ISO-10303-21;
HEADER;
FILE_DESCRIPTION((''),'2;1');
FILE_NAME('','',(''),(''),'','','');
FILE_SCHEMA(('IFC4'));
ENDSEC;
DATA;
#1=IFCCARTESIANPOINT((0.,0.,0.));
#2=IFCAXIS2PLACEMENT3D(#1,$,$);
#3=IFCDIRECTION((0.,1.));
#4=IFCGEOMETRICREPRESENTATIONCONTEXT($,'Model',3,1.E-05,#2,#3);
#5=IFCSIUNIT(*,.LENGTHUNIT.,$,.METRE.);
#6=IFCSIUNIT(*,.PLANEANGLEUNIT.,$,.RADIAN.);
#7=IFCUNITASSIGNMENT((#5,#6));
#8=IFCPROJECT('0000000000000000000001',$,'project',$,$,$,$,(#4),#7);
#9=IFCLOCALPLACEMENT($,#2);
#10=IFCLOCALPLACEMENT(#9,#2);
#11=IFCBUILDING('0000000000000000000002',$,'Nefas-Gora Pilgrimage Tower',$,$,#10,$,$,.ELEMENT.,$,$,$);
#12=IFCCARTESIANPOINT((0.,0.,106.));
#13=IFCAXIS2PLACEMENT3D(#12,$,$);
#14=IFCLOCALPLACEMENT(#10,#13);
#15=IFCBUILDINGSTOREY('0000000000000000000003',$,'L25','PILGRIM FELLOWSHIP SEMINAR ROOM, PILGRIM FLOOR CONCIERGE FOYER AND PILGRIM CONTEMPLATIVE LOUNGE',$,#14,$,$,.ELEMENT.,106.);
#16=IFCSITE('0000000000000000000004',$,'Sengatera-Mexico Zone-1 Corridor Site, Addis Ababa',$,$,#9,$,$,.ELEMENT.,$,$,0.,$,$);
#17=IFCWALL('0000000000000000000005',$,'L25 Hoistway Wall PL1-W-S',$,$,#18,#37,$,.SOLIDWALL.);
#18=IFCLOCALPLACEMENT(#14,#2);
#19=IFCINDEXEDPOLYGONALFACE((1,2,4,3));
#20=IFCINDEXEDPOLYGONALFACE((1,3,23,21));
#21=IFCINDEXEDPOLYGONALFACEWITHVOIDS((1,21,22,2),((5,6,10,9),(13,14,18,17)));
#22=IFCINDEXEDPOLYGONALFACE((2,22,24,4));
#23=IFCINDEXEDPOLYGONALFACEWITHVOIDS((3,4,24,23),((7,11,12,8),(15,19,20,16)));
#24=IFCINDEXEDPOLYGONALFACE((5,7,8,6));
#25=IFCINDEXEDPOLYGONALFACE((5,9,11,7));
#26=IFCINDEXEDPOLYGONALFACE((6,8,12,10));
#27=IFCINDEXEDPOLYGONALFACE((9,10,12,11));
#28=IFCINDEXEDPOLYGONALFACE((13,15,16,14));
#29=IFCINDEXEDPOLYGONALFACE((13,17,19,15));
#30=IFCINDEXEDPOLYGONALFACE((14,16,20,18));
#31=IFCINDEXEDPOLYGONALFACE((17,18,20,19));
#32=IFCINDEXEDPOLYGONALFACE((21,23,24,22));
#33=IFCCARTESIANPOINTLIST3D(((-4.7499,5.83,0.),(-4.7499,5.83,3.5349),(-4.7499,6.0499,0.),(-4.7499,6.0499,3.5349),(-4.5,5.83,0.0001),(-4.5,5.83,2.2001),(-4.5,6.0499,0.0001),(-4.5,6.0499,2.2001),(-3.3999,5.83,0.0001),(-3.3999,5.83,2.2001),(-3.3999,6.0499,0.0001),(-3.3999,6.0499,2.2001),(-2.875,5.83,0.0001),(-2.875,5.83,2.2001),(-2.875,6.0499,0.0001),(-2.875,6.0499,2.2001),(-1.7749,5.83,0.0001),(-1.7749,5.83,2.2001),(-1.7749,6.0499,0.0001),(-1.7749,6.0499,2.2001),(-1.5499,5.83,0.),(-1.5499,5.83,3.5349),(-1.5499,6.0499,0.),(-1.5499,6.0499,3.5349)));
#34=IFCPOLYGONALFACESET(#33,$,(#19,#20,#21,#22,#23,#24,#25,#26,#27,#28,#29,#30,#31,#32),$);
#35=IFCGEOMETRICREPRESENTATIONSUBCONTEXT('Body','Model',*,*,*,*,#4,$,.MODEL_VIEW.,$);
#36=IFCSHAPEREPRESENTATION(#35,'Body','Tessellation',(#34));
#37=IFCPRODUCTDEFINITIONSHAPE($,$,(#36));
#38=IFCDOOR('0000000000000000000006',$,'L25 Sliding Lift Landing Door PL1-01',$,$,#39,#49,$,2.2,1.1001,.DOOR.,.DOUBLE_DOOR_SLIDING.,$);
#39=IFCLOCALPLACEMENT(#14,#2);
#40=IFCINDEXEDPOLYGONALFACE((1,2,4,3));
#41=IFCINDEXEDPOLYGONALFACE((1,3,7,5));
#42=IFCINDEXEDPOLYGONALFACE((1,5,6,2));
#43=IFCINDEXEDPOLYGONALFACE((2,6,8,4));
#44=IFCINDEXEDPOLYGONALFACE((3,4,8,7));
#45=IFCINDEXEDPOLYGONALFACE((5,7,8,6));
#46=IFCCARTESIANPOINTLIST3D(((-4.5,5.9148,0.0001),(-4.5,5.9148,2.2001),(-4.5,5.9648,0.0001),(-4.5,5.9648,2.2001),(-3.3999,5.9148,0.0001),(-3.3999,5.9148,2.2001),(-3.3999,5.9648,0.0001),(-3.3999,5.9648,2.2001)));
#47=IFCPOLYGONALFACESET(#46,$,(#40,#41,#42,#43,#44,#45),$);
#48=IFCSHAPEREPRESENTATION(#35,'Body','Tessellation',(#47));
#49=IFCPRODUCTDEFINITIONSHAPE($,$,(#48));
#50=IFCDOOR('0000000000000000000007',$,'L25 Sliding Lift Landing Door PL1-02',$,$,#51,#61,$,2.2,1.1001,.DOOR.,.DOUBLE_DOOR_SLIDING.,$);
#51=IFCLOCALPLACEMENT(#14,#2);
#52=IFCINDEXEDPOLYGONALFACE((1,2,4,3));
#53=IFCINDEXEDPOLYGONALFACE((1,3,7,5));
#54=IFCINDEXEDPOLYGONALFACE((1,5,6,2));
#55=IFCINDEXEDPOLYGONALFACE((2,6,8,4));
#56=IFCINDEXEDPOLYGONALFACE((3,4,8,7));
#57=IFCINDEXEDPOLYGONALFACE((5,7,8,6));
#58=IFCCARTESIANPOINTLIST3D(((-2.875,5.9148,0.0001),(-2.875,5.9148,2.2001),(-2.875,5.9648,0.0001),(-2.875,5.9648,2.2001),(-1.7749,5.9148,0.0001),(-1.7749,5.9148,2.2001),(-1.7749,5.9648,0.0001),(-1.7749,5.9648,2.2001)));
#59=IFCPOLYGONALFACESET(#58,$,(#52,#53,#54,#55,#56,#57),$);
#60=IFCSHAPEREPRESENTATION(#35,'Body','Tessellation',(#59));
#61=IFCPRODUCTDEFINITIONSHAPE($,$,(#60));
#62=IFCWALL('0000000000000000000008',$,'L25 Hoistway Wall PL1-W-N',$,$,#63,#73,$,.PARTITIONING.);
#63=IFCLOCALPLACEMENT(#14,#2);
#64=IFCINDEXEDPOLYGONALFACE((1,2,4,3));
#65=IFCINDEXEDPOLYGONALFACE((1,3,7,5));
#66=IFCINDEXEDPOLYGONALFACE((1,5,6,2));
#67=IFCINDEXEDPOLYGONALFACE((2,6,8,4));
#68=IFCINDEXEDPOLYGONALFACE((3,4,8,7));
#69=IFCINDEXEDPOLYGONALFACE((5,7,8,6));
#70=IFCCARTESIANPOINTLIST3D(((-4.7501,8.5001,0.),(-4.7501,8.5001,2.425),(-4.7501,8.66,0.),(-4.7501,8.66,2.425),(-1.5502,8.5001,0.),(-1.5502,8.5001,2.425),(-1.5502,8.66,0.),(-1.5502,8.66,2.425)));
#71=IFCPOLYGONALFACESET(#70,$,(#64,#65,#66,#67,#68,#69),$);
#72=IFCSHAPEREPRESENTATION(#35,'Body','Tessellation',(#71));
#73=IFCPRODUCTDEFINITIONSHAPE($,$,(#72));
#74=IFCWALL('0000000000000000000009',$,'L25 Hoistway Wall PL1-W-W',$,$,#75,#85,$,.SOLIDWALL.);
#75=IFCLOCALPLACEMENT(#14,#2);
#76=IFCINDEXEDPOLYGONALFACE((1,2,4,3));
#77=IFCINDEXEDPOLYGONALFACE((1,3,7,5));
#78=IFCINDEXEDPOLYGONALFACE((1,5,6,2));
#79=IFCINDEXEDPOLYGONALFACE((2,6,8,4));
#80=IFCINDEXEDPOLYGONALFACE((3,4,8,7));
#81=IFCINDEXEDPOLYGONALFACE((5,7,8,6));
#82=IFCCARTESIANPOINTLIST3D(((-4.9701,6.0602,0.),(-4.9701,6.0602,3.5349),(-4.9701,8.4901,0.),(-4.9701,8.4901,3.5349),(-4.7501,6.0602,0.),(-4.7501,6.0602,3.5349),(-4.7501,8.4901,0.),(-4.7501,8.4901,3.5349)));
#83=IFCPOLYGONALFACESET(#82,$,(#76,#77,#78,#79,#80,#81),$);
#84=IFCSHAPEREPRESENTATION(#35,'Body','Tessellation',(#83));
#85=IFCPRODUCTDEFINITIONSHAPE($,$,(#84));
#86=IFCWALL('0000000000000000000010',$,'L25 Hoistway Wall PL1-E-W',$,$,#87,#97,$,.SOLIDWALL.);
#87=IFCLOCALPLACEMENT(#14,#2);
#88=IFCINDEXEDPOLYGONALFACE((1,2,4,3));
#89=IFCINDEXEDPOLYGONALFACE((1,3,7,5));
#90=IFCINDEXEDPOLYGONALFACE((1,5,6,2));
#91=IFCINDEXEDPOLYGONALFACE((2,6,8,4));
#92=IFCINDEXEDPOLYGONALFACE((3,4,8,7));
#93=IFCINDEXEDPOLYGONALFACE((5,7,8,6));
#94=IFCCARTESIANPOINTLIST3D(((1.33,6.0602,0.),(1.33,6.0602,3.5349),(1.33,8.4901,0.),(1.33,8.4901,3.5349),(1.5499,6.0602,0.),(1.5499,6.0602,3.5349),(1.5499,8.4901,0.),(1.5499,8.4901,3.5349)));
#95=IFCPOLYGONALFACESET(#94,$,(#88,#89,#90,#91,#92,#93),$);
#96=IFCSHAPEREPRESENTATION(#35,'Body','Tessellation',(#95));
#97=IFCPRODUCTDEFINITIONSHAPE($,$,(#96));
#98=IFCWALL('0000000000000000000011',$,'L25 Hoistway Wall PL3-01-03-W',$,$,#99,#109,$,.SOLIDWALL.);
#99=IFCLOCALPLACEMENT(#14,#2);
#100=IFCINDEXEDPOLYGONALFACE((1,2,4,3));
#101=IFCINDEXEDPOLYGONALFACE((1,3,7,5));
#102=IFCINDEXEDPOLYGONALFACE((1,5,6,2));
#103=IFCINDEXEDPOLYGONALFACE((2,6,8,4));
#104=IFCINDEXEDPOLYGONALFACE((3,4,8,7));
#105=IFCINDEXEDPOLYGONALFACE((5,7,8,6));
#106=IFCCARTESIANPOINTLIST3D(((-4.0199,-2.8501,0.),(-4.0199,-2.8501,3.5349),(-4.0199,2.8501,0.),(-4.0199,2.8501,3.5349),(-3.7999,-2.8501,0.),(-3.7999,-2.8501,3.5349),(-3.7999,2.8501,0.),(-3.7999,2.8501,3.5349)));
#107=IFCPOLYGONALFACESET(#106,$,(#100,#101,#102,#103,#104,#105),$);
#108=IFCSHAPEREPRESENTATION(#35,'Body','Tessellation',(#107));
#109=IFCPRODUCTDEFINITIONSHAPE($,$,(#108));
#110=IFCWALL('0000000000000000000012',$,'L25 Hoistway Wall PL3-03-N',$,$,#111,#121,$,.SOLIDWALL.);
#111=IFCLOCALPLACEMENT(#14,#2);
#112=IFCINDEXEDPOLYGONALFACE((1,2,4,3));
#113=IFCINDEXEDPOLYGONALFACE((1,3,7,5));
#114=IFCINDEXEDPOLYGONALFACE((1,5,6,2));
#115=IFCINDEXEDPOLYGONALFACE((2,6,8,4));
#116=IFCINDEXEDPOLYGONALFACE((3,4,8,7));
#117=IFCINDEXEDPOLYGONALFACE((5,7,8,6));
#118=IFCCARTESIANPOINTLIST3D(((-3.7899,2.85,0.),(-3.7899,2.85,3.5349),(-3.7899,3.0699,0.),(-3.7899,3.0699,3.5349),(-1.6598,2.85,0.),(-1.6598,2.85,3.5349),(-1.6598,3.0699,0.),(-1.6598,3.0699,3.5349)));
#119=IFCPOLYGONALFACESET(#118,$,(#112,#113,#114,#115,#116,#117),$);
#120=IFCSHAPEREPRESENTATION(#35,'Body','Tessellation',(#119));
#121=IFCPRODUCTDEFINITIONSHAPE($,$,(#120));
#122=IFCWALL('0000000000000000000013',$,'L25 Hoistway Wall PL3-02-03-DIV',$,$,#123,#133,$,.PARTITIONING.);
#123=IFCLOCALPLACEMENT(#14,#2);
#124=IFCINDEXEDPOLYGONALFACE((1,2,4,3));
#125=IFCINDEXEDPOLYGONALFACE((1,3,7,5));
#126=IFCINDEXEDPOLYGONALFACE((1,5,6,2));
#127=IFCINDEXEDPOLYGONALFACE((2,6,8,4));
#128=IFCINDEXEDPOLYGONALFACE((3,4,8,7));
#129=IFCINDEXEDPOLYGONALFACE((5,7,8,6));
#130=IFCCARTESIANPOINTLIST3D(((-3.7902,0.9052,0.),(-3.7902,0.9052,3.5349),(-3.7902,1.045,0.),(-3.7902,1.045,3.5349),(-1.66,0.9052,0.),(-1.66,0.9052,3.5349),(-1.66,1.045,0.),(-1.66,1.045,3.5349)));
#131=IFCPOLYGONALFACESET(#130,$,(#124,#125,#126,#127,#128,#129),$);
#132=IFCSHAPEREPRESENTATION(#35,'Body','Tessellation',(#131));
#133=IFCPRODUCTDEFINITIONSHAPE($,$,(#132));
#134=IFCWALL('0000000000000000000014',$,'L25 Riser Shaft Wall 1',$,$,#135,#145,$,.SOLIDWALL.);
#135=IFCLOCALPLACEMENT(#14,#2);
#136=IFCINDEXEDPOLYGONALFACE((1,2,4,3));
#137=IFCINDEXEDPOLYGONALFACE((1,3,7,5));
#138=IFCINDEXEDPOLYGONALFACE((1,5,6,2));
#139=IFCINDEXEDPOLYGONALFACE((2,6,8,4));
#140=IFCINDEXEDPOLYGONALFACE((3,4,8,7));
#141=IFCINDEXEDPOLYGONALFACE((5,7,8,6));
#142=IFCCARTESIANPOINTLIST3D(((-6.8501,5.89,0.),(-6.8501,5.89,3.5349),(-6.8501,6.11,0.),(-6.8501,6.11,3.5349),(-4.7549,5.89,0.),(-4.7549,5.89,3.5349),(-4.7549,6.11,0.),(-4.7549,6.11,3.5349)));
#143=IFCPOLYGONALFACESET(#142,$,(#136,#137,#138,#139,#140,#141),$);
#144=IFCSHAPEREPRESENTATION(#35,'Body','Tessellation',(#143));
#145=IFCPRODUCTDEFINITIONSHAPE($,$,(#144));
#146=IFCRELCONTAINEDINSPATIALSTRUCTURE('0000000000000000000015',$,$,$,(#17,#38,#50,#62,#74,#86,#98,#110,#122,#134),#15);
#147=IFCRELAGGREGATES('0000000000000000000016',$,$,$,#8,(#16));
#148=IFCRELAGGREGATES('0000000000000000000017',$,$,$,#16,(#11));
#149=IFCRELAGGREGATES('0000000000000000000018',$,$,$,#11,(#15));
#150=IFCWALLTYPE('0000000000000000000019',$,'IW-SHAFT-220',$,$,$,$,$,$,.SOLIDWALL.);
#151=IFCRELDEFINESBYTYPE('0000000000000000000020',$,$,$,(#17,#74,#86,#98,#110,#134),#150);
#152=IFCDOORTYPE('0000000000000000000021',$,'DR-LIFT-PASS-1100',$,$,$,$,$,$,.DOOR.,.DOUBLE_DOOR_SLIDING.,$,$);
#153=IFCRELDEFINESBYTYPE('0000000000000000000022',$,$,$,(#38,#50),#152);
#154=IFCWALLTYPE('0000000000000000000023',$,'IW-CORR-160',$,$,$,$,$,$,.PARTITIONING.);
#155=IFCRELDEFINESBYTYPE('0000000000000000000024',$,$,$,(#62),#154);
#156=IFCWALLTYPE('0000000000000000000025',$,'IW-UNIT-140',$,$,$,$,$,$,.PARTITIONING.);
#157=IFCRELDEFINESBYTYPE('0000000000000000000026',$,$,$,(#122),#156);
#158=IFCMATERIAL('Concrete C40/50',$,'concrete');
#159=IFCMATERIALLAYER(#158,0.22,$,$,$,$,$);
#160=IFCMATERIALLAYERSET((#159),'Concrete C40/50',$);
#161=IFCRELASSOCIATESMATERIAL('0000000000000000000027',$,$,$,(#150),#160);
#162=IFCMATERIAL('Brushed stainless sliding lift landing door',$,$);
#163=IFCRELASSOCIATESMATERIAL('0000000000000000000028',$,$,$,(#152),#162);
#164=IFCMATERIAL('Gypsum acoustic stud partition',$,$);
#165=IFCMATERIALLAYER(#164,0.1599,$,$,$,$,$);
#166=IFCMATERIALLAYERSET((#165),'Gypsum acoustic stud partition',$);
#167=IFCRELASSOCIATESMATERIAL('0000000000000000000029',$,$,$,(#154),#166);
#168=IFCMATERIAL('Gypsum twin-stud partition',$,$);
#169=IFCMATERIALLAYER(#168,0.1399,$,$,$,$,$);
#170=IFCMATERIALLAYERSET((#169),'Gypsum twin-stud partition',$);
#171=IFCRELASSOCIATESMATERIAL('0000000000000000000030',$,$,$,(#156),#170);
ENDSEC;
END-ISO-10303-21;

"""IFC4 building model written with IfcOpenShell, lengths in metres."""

from ifc_helpers import new_model, si_unit, direction, frame, frame_2d, origin, place, context, subcontext, project, spatial, rectangle, extrude, source, transform, mapped, material, layer, layer_set, type_object, element, fill, save


model = new_model("IFC4")

# Units and contexts
model_context = context("Model", 3, precision=1e-05, world=origin(), true_north=direction((0.0, 1.0)))
body_context = subcontext(model_context, "Body", "Model", "MODEL_VIEW")
ifc_project = project(units=[si_unit("LENGTHUNIT", "METRE"), si_unit("PLANEANGLEUNIT", "RADIAN")], contexts=[model_context])

# Site, building, storey
site_placement = place(None, origin())
site = spatial("IfcSite", under=ifc_project, at=site_placement, Name="Sengatera-Mexico Zone-1 Corridor Site, Addis Ababa", CompositionType="ELEMENT", RefElevation=0.0)
building_placement = place(site_placement, origin())
building = spatial("IfcBuilding", under=site, at=building_placement, Name="Nefas-Gora Pilgrimage Tower", CompositionType="ELEMENT")
storey_placement = place(building_placement, frame((0.0, 0.0, 106.0)))
storey = spatial("IfcBuildingStorey", under=building, at=storey_placement, Name="L25", Description="PILGRIM FELLOWSHIP SEMINAR ROOM, PILGRIM FLOOR CONCIERGE FOYER AND PILGRIM CONTEMPLATIVE LOUNGE", CompositionType="ELEMENT", Elevation=106.0)

# Shared definitions
ifc_material_1 = material(Name="Concrete C40/50", Category="concrete")

# Shared definitions
ifc_layer_1 = layer(ifc_material_1, 0.22)
ifc_layer_set_1 = layer_set([ifc_layer_1], Name="Concrete C40/50")
wall_type_1 = type_object("IfcWallType", Name="IW-SHAFT-220", PredefinedType="SOLIDWALL", material=ifc_layer_set_1)

# Wall, openings, doors
shared_shape_1 = source(origin(), body_context, "Body", "SweptSolid", [
    extrude(rectangle(XDim=3.2, YDim=0.22, at=frame_2d((1.6001, 0.0))), origin(), (0.0, 0.0, 1.0), 3.5349),
])
wall_1_placement = place(storey_placement, frame((-4.75, 5.9399, 0.0), z_axis=(0.0, 0.0, 1.0), x_axis=(1.0, 0.0, 0.0)))
wall_1 = element("IfcWall", 1, at=wall_1_placement, inside=storey, type_object=wall_type_1, Name="L25 Hoistway Wall PL1-W-S", PredefinedType="SOLIDWALL", context=body_context, shape_type="MappedRepresentation", body=[
    mapped(shared_shape_1, transform((0.0, 0.0, 0.0), x_axis=(1.0, 0.0, 0.0), y_axis=(0.0, 1.0, 0.0), z_axis=(0.0, 0.0, 1.0), scale=1.0)),
])
opening_1_placement = place(wall_1_placement, frame((0.25, 0.0, 0.0)))
opening_1 = element("IfcOpeningElement", 2, at=opening_1_placement, cuts=wall_1, PredefinedType="OPENING", context=body_context, shape_type="SweptSolid", body=[
    extrude(rectangle(XDim=1.1001, YDim=2.2, at=frame_2d((0.55, 1.1001))), frame((0.0, 0.1199, 0.0), z_axis=(0.0, -1.0, 0.0), x_axis=(1.0, 0.0, 0.0)), (0.0, 0.0, 1.0), 0.24),
])
opening_2_placement = place(wall_1_placement, frame((1.875, 0.0, 0.0)))
opening_2 = element("IfcOpeningElement", 3, at=opening_2_placement, cuts=wall_1, PredefinedType="OPENING", context=body_context, shape_type="SweptSolid", body=[
    extrude(rectangle(XDim=1.1001, YDim=2.2, at=frame_2d((0.55, 1.1001))), frame((0.0, 0.1199, 0.0), z_axis=(0.0, -1.0, 0.0), x_axis=(1.0, 0.0, 0.0)), (0.0, 0.0, 1.0), 0.24),
])
ifc_material_2 = material(Name="Brushed stainless sliding lift landing door")
door_type_1 = type_object("IfcDoorType", Name="DR-LIFT-PASS-1100", OperationType="DOUBLE_DOOR_SLIDING", PredefinedType="DOOR", material=ifc_material_2)
shared_shape_2 = source(origin(), body_context, "Body", "SweptSolid", [
    extrude(rectangle(XDim=1.1001, YDim=2.2, at=frame_2d((0.55, 1.1001))), frame((0.0, 0.0249, 0.0), z_axis=(0.0, -1.0, 0.0), x_axis=(1.0, 0.0, 0.0)), (0.0, 0.0, 1.0), 0.05),
])
door_1_placement = place(opening_1_placement, origin())
door_1 = element("IfcDoor", 4, at=door_1_placement, inside=storey, type_object=door_type_1, Name="L25 Sliding Lift Landing Door PL1-01", OperationType="DOUBLE_DOOR_SLIDING", OverallHeight=2.2, OverallWidth=1.1001, PredefinedType="DOOR", context=body_context, shape_type="MappedRepresentation", body=[
    mapped(shared_shape_2, transform((0.0, 0.0, 0.0), x_axis=(1.0, 0.0, 0.0), y_axis=(0.0, 1.0, 0.0), z_axis=(0.0, 0.0, 1.0), scale=1.0)),
])
fill(opening_1, door_1)
door_2_placement = place(opening_2_placement, origin())
door_2 = element("IfcDoor", 5, at=door_2_placement, inside=storey, type_object=door_type_1, Name="L25 Sliding Lift Landing Door PL1-02", OperationType="DOUBLE_DOOR_SLIDING", OverallHeight=2.2, OverallWidth=1.1001, PredefinedType="DOOR", context=body_context, shape_type="MappedRepresentation", body=[
    mapped(shared_shape_2, transform((0.0, 0.0, 0.0), x_axis=(1.0, 0.0, 0.0), y_axis=(0.0, 1.0, 0.0), z_axis=(0.0, 0.0, 1.0), scale=1.0)),
])
fill(opening_2, door_2)

# Walls
ifc_material_3 = material(Name="Gypsum acoustic stud partition")
ifc_layer_2 = layer(ifc_material_3, 0.1599)
ifc_layer_set_2 = layer_set([ifc_layer_2], Name="Gypsum acoustic stud partition")
wall_type_2 = type_object("IfcWallType", Name="IW-CORR-160", PredefinedType="PARTITIONING", material=ifc_layer_set_2)
shared_shape_3 = source(origin(), body_context, "Body", "SweptSolid", [
    extrude(rectangle(XDim=3.2, YDim=0.1599, at=frame_2d((1.6001, 0.0))), origin(), (0.0, 0.0, 1.0), 2.425),
])
wall_2_placement = place(storey_placement, frame((-1.55, 8.5801, 0.0), z_axis=(0.0, 0.0, 1.0), x_axis=(-1.0, 0.0, 0.0)))
element("IfcWall", 6, at=wall_2_placement, inside=storey, type_object=wall_type_2, Name="L25 Hoistway Wall PL1-W-N", PredefinedType="PARTITIONING", context=body_context, shape_type="MappedRepresentation", body=[
    mapped(shared_shape_3, transform((0.0, 0.0, 0.0), x_axis=(1.0, 0.0, 0.0), y_axis=(0.0, 1.0, 0.0), z_axis=(0.0, 0.0, 1.0), scale=1.0)),
])
shared_shape_4 = source(origin(), body_context, "Body", "SweptSolid", [
    extrude(rectangle(XDim=2.4299, YDim=0.22, at=frame_2d((1.2148, 0.0))), origin(), (0.0, 0.0, 1.0), 3.5349),
])
for number, where, z_axis, x_axis, name in (
    (7, (-4.8601, 8.49, 0.0), (0.0, 0.0, 1.0), (0.0, -1.0, 0.0), "L25 Hoistway Wall PL1-W-W"),
    (8, (1.4399, 8.49, 0.0), (0.0, 0.0, 1.0), (0.0, -1.0, 0.0), "L25 Hoistway Wall PL1-E-W"),
):
    element("IfcWall", number, at=place(storey_placement, frame(where, z_axis=z_axis, x_axis=x_axis)), inside=storey, type_object=wall_type_1, Name=name, PredefinedType="SOLIDWALL", context=body_context, shape_type="MappedRepresentation", body=[
        mapped(shared_shape_4, transform((0.0, 0.0, 0.0), x_axis=(1.0, 0.0, 0.0), y_axis=(0.0, 1.0, 0.0), z_axis=(0.0, 0.0, 1.0), scale=1.0)),
    ])
ifc_material_4 = material(Name="Gypsum twin-stud partition")
ifc_layer_3 = layer(ifc_material_4, 0.1399)
ifc_layer_set_3 = layer_set([ifc_layer_3], Name="Gypsum twin-stud partition")
wall_type_3 = type_object("IfcWallType", Name="IW-UNIT-140", PredefinedType="PARTITIONING", material=ifc_layer_set_3)
shared_shape_5 = source(origin(), body_context, "Body", "SweptSolid", [
    extrude(rectangle(XDim=5.7002, YDim=0.22, at=frame_2d((2.8501, 0.0))), origin(), (0.0, 0.0, 1.0), 3.5349),
])
wall_3_placement = place(storey_placement, frame((-3.9099, 2.8501, 0.0), z_axis=(0.0, 0.0, 1.0), x_axis=(0.0, -1.0, 0.0)))
element("IfcWall", 9, at=wall_3_placement, inside=storey, type_object=wall_type_1, Name="L25 Hoistway Wall PL3-01-03-W", PredefinedType="SOLIDWALL", context=body_context, shape_type="MappedRepresentation", body=[
    mapped(shared_shape_5, transform((0.0, 0.0, 0.0), x_axis=(1.0, 0.0, 0.0), y_axis=(0.0, 1.0, 0.0), z_axis=(0.0, 0.0, 1.0), scale=1.0)),
])
shared_shape_6 = source(origin(), body_context, "Body", "SweptSolid", [
    extrude(rectangle(XDim=2.1301, YDim=0.22, at=frame_2d((1.0649, 0.0))), origin(), (0.0, 0.0, 1.0), 3.5349),
])
wall_4_placement = place(storey_placement, frame((-1.6599, 2.96, 0.0), z_axis=(0.0, 0.0, 1.0), x_axis=(-1.0, 0.0, 0.0)))
element("IfcWall", 10, at=wall_4_placement, inside=storey, type_object=wall_type_1, Name="L25 Hoistway Wall PL3-03-N", PredefinedType="SOLIDWALL", context=body_context, shape_type="MappedRepresentation", body=[
    mapped(shared_shape_6, transform((0.0, 0.0, 0.0), x_axis=(1.0, 0.0, 0.0), y_axis=(0.0, 1.0, 0.0), z_axis=(0.0, 0.0, 1.0), scale=1.0)),
])
shared_shape_7 = source(origin(), body_context, "Body", "SweptSolid", [
    extrude(rectangle(XDim=2.1301, YDim=0.1399, at=frame_2d((1.0649, 0.0))), origin(), (0.0, 0.0, 1.0), 3.5349),
])
wall_5_placement = place(storey_placement, frame((-3.79, 0.9751, 0.0), z_axis=(0.0, 0.0, 1.0), x_axis=(1.0, 0.0, 0.0)))
element("IfcWall", 11, at=wall_5_placement, inside=storey, type_object=wall_type_3, Name="L25 Hoistway Wall PL3-02-03-DIV", PredefinedType="PARTITIONING", context=body_context, shape_type="MappedRepresentation", body=[
    mapped(shared_shape_7, transform((0.0, 0.0, 0.0), x_axis=(1.0, 0.0, 0.0), y_axis=(0.0, 1.0, 0.0), z_axis=(0.0, 0.0, 1.0), scale=1.0)),
])
shared_shape_8 = source(origin(), body_context, "Body", "SweptSolid", [
    extrude(rectangle(XDim=2.0952, YDim=0.22, at=frame_2d((1.0476, 0.0))), origin(), (0.0, 0.0, 1.0), 3.5349),
])
wall_6_placement = place(storey_placement, frame((-6.8501, 6.0, 0.0), z_axis=(0.0, 0.0, 1.0), x_axis=(1.0, 0.0, 0.0)))
element("IfcWall", 12, at=wall_6_placement, inside=storey, type_object=wall_type_1, Name="L25 Riser Shaft Wall 1", PredefinedType="SOLIDWALL", context=body_context, shape_type="MappedRepresentation", body=[
    mapped(shared_shape_8, transform((0.0, 0.0, 0.0), x_axis=(1.0, 0.0, 0.0), y_axis=(0.0, 1.0, 0.0), z_axis=(0.0, 0.0, 1.0), scale=1.0)),
])

save(model, "model.ifc")
